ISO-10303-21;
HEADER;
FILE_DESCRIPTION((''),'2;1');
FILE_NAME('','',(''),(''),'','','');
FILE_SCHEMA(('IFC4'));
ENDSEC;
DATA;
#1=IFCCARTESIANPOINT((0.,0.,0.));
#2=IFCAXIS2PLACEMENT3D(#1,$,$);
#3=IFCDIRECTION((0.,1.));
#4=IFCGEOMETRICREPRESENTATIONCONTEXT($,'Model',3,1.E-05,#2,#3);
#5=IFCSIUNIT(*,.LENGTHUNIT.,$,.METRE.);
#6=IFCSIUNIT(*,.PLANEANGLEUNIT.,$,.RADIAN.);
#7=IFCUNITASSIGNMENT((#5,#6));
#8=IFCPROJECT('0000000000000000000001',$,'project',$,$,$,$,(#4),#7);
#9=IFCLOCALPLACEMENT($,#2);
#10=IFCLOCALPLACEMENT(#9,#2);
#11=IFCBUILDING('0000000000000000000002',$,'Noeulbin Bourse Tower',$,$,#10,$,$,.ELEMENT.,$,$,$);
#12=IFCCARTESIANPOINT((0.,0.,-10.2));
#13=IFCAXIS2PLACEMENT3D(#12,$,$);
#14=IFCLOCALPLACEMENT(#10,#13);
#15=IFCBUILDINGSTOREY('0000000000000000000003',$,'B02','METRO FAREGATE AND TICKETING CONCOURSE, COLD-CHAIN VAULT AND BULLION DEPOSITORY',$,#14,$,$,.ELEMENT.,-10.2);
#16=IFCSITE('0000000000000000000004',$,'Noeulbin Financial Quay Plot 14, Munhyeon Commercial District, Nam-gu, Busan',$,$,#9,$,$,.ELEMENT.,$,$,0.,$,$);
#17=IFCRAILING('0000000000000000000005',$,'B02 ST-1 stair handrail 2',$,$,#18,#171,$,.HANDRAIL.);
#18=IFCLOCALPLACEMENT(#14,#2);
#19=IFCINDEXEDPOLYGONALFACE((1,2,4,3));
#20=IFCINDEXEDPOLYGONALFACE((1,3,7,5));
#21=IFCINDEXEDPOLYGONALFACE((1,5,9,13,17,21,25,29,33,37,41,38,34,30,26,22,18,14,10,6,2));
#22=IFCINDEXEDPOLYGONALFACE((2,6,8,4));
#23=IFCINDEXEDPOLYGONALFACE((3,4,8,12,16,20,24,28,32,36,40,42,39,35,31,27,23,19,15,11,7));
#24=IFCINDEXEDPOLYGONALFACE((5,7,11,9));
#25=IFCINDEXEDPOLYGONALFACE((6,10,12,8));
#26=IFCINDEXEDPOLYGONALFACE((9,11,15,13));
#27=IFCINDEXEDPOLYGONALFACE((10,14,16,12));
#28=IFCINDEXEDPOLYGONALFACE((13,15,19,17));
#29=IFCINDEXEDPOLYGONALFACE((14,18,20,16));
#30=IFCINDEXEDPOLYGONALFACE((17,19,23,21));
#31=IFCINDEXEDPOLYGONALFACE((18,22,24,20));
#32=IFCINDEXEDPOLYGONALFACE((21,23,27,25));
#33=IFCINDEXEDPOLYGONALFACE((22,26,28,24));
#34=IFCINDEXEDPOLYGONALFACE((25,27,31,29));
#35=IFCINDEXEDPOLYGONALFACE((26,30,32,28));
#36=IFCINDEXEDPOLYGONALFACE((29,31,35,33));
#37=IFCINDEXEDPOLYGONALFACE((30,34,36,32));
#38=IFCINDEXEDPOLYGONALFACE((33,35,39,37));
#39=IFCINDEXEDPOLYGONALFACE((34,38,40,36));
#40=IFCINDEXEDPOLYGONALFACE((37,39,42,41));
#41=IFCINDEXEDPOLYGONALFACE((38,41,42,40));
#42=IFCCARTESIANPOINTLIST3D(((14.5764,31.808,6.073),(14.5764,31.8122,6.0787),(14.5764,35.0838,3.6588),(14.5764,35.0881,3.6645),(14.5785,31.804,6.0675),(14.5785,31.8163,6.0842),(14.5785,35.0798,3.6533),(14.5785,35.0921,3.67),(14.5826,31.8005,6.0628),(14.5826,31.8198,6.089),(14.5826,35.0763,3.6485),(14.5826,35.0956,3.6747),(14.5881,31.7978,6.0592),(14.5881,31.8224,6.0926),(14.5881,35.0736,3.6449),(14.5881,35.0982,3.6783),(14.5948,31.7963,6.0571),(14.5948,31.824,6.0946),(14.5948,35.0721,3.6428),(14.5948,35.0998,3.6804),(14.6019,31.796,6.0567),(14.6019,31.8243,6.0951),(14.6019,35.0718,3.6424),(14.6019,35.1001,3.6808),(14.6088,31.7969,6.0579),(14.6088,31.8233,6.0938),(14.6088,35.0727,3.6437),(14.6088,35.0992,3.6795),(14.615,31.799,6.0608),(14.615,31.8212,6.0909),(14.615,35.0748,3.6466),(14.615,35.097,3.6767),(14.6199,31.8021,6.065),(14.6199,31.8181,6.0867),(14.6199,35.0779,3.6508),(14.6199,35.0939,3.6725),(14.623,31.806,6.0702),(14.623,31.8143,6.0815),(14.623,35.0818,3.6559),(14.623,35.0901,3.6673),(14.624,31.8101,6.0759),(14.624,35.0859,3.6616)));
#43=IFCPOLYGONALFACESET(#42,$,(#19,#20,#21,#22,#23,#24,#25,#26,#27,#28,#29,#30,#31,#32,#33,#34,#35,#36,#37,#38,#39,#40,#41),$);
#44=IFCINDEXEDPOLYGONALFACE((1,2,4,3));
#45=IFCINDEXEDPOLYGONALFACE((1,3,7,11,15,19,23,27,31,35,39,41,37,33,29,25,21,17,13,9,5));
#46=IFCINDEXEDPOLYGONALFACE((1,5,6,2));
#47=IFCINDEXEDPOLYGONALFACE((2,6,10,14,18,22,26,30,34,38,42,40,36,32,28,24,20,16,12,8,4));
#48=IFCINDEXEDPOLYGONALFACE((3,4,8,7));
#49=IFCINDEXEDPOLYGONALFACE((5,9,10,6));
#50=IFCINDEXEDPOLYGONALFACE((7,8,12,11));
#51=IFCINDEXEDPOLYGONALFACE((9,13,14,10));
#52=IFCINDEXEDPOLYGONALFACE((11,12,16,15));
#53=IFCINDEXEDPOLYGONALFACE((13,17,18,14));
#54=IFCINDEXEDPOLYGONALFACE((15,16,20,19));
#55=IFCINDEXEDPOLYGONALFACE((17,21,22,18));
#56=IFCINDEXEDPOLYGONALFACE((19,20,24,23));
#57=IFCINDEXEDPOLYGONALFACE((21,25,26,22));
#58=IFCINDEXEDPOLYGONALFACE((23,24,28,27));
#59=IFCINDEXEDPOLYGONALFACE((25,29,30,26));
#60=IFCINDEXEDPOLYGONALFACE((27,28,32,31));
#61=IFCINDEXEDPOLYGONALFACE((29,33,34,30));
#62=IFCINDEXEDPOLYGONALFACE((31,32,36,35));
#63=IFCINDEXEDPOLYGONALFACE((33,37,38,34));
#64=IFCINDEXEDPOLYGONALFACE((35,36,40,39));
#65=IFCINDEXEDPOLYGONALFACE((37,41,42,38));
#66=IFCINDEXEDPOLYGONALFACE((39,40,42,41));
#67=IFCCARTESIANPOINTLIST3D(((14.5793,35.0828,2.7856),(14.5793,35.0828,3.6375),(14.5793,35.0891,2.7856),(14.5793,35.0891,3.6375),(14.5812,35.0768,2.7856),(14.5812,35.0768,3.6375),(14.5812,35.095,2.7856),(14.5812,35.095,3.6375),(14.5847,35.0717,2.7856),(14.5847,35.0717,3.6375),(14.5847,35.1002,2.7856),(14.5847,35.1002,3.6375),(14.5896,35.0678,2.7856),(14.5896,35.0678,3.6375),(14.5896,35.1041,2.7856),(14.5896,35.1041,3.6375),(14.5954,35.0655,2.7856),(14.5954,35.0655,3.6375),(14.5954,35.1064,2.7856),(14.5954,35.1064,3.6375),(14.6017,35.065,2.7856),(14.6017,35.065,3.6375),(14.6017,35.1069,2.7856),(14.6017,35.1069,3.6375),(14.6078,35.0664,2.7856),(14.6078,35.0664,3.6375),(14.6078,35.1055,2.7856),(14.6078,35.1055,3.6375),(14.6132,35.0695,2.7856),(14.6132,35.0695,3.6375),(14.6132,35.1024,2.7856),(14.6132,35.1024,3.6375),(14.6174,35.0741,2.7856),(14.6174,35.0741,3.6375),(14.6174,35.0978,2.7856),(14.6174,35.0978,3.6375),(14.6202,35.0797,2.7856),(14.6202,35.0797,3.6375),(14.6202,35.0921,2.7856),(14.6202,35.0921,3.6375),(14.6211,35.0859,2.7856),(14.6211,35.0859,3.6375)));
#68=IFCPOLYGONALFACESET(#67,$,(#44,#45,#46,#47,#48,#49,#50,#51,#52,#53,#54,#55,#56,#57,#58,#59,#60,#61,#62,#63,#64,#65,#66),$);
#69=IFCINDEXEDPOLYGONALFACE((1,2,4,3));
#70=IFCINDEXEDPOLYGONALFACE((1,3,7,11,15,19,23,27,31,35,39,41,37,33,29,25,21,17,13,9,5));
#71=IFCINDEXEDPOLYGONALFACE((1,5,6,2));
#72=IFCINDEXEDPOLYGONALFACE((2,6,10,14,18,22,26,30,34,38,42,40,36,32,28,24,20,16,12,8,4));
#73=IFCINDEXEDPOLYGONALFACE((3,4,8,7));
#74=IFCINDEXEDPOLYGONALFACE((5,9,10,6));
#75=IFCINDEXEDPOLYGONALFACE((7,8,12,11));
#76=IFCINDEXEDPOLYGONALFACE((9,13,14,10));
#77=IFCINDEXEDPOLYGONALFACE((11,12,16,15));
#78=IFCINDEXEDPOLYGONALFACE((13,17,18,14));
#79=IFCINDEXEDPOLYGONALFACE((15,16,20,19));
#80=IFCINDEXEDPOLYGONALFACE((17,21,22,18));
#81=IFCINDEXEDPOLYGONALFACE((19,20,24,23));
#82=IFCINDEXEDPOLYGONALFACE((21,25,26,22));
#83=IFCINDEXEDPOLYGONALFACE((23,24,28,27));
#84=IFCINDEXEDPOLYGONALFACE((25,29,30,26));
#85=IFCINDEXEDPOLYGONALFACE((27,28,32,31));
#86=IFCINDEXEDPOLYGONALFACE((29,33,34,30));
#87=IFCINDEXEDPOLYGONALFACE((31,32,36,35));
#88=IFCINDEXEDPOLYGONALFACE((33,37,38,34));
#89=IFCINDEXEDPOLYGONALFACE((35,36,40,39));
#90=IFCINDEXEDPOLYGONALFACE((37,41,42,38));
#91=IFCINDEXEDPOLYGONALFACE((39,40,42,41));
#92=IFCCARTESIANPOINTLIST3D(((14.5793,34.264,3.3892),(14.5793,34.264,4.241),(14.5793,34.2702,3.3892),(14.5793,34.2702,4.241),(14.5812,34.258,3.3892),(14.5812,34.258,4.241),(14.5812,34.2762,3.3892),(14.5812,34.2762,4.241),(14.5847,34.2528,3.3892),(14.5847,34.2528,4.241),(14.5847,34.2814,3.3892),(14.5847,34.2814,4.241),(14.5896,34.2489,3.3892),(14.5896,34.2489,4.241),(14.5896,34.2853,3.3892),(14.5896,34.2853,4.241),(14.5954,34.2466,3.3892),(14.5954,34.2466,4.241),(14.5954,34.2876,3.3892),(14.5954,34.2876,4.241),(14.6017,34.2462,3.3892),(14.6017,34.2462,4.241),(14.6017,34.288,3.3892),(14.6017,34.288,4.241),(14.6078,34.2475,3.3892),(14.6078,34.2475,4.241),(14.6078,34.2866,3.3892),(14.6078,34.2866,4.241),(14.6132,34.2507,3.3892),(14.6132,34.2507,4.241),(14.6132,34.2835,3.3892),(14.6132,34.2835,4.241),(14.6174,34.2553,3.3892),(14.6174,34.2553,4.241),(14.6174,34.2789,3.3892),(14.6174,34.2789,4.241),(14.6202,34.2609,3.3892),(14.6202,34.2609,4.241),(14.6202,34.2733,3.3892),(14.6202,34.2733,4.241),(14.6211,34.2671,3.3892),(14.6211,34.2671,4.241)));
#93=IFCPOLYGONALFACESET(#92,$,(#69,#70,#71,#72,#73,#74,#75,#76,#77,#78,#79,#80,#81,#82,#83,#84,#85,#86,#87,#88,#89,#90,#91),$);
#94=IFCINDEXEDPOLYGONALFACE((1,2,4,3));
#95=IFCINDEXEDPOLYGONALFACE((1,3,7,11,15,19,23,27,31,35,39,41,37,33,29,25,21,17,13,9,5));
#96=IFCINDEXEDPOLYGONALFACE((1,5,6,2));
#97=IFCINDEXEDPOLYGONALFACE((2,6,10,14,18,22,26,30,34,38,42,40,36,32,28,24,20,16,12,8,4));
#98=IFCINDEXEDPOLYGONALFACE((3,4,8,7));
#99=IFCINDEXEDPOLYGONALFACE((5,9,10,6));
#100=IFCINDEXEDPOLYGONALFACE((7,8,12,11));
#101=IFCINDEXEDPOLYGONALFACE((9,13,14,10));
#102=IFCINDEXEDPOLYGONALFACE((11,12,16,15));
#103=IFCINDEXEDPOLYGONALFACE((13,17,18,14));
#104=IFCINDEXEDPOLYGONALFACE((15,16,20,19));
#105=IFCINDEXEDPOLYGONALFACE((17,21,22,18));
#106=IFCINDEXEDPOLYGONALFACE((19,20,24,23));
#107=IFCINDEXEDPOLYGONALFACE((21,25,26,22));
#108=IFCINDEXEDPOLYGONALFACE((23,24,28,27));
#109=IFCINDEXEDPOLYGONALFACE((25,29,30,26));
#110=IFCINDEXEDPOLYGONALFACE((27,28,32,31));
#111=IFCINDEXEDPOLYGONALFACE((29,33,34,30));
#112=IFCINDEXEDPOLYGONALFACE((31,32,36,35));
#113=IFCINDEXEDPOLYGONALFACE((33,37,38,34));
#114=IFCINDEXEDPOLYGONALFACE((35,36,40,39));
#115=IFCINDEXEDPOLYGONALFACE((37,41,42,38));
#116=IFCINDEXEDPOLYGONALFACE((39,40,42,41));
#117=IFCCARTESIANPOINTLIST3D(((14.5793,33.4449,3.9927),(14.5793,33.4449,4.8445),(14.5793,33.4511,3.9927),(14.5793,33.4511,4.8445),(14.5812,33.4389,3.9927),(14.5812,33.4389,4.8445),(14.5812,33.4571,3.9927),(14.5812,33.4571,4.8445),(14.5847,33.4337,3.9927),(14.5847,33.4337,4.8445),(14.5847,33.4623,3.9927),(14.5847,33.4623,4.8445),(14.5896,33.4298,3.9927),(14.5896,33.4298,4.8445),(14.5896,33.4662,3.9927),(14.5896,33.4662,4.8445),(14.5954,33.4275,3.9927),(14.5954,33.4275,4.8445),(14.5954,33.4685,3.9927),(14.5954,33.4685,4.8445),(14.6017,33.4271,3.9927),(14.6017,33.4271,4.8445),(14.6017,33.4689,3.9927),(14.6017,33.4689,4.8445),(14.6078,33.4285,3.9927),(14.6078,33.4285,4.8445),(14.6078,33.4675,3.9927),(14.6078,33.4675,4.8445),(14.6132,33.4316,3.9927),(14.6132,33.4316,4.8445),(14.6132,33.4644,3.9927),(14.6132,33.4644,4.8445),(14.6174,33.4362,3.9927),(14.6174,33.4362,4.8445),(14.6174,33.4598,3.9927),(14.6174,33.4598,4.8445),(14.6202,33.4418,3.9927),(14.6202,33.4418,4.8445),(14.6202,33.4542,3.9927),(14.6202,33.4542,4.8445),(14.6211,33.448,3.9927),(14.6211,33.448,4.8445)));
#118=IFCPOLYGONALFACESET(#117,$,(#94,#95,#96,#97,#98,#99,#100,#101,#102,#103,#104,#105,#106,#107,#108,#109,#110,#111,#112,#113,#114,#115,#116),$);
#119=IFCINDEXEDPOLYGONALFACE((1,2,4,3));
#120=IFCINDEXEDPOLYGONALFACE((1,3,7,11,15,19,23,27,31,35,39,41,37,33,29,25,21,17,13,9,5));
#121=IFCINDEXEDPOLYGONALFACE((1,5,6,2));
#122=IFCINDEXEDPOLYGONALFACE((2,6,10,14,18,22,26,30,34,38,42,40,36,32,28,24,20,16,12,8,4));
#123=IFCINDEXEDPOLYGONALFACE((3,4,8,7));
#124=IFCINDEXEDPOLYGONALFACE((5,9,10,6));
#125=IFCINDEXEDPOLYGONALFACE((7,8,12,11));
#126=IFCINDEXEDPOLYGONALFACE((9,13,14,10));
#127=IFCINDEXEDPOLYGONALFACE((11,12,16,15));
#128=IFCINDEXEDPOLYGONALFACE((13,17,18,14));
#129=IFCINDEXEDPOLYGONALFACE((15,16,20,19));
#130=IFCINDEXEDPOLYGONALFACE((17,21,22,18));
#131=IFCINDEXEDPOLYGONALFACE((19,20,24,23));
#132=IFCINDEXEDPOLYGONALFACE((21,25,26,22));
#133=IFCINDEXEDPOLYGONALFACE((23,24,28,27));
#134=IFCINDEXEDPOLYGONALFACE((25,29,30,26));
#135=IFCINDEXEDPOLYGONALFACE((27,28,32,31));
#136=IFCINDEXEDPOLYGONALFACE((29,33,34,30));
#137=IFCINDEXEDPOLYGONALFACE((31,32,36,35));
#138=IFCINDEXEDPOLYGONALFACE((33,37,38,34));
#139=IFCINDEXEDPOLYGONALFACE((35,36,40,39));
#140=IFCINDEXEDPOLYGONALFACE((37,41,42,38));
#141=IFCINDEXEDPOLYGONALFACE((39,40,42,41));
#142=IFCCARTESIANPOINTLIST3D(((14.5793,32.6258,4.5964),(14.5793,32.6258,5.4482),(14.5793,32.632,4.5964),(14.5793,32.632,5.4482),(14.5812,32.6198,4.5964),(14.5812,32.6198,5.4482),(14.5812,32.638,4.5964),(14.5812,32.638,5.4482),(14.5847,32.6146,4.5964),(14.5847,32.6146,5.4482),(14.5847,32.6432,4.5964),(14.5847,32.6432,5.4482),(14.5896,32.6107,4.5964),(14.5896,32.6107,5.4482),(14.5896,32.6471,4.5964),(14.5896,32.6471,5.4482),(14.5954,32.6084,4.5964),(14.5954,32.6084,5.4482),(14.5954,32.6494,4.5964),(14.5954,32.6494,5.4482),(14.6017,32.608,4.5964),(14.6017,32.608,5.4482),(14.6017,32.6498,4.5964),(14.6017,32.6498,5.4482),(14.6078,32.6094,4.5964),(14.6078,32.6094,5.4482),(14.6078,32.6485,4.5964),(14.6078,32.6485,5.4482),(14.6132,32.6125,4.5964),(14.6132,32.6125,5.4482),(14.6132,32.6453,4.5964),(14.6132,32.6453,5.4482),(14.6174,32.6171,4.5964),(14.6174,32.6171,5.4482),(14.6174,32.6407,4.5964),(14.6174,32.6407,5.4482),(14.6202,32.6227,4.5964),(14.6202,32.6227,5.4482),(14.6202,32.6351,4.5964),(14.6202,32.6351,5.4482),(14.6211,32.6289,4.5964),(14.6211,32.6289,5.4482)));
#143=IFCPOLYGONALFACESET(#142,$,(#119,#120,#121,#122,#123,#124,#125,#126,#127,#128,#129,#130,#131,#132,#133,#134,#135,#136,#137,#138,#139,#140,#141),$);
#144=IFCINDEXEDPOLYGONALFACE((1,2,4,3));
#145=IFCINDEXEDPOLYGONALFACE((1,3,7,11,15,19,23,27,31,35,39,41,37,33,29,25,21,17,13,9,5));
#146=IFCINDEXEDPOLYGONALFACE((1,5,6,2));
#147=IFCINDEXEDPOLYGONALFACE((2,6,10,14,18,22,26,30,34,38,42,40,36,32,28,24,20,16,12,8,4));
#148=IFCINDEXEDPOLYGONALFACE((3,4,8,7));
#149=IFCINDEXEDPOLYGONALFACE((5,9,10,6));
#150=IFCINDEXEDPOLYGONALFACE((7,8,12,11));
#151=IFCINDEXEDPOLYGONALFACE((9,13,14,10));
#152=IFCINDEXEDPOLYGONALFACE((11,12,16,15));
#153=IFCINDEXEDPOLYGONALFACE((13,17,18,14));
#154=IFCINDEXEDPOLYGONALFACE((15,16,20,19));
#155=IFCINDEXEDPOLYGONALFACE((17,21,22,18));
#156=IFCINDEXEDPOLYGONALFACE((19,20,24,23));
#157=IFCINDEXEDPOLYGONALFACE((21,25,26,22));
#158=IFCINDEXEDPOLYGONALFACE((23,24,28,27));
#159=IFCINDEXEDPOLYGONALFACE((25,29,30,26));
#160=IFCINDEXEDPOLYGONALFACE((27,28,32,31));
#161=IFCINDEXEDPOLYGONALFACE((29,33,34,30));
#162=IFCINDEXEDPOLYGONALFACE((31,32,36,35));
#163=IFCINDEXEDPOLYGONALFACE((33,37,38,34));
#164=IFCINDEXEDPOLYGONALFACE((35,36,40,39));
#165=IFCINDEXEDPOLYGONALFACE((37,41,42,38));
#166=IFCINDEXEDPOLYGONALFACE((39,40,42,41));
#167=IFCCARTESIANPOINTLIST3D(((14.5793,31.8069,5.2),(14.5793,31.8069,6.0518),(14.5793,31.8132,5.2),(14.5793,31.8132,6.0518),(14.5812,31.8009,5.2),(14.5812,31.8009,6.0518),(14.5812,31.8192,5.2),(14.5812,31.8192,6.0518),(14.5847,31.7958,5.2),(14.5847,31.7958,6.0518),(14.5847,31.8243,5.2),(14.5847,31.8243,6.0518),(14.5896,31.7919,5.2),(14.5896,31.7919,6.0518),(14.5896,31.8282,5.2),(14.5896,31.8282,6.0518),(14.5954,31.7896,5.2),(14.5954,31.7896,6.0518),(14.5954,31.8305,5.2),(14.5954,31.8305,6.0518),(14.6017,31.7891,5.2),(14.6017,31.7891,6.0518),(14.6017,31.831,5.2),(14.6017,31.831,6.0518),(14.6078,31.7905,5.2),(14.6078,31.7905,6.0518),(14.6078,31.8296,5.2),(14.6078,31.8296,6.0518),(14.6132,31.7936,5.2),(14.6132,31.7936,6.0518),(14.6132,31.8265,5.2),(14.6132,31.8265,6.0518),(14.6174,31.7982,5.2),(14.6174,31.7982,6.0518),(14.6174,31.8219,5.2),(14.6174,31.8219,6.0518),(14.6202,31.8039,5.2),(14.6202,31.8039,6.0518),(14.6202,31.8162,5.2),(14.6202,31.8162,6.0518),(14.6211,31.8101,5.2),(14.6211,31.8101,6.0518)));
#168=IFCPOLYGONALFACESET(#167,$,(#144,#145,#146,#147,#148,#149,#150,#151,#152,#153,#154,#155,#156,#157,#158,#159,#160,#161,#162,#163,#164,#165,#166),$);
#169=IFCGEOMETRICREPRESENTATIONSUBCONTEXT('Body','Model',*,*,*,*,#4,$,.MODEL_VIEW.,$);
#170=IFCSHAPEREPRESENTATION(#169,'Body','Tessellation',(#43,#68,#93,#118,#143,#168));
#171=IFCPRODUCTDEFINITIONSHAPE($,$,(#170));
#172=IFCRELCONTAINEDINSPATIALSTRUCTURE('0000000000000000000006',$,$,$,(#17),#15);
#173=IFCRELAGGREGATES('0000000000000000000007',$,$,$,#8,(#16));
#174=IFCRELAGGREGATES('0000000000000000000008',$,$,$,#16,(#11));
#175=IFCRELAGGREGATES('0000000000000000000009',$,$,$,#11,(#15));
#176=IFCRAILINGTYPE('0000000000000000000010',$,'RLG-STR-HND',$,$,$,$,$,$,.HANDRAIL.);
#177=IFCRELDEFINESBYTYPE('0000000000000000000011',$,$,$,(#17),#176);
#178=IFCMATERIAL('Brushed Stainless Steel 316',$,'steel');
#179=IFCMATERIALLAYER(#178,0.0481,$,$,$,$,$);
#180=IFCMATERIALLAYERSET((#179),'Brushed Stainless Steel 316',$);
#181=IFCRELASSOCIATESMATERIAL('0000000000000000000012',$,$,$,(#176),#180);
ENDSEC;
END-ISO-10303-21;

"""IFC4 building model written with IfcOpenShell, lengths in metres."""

from ifc_helpers import new_model, si_unit, direction, frame, origin, origin_2d, place, context, subcontext, project, spatial, circle, extrude, material, layer, layer_set, type_object, element, save


model = new_model("IFC4")

# Units and contexts
model_context = context("Model", 3, precision=1e-05, world=origin(), true_north=direction((0.0, 1.0)))
body_context = subcontext(model_context, "Body", "Model", "MODEL_VIEW")
ifc_project = project(units=[si_unit("LENGTHUNIT", "METRE"), si_unit("PLANEANGLEUNIT", "RADIAN")], contexts=[model_context])

# Site, building, storey
site_placement = place(None, origin())
site = spatial("IfcSite", under=ifc_project, at=site_placement, Name="Noeulbin Financial Quay Plot 14, Munhyeon Commercial District, Nam-gu, Busan", CompositionType="ELEMENT", RefElevation=0.0)
building_placement = place(site_placement, origin())
building = spatial("IfcBuilding", under=site, at=building_placement, Name="Noeulbin Bourse Tower", CompositionType="ELEMENT")
storey_placement = place(building_placement, frame((0.0, 0.0, -10.2)))
storey = spatial("IfcBuildingStorey", under=building, at=storey_placement, Name="B02", Description="METRO FAREGATE AND TICKETING CONCOURSE, COLD-CHAIN VAULT AND BULLION DEPOSITORY", CompositionType="ELEMENT", Elevation=-10.2)

# Railing
ifc_material_1 = material(Name="Brushed Stainless Steel 316", Category="steel")
ifc_layer_1 = layer(ifc_material_1, 0.0481)
ifc_layer_set_1 = layer_set([ifc_layer_1], Name="Brushed Stainless Steel 316")
railing_type_1 = type_object("IfcRailingType", Name="RLG-STR-HND", PredefinedType="HANDRAIL", material=ifc_layer_set_1)
railing_1_placement = place(storey_placement, frame((14.6001, 35.0859, 2.7856)))
element("IfcRailing", 1, at=railing_1_placement, inside=storey, type_object=railing_type_1, Name="B02 ST-1 stair handrail 2", PredefinedType="HANDRAIL", context=body_context, shape_type="SweptSolid", body=[
    extrude(circle(Radius=0.0239, at=origin_2d()), frame((0.0, 0.0, 0.876), z_axis=(0.0, -0.804997, 0.593279), x_axis=(1.0, 0.0, 0.0)), (0.0, 0.0, 1.0), 4.0693),
    extrude(circle(Radius=0.021, at=origin_2d()), origin(), (0.0, 0.0, 1.0), 0.8518),
    extrude(circle(Radius=0.021, at=origin_2d()), frame((0.0, -0.8188, 0.6035)), (0.0, 0.0, 1.0), 0.8518),
    extrude(circle(Radius=0.021, at=origin_2d()), frame((0.0, -1.6379, 1.207)), (0.0, 0.0, 1.0), 0.8518),
    extrude(circle(Radius=0.021, at=origin_2d()), frame((0.0, -2.457, 1.8108)), (0.0, 0.0, 1.0), 0.8518),
    extrude(circle(Radius=0.021, at=origin_2d()), frame((0.0, -3.2759, 2.4143)), (0.0, 0.0, 1.0), 0.8518),
])

save(model, "model.ifc")
